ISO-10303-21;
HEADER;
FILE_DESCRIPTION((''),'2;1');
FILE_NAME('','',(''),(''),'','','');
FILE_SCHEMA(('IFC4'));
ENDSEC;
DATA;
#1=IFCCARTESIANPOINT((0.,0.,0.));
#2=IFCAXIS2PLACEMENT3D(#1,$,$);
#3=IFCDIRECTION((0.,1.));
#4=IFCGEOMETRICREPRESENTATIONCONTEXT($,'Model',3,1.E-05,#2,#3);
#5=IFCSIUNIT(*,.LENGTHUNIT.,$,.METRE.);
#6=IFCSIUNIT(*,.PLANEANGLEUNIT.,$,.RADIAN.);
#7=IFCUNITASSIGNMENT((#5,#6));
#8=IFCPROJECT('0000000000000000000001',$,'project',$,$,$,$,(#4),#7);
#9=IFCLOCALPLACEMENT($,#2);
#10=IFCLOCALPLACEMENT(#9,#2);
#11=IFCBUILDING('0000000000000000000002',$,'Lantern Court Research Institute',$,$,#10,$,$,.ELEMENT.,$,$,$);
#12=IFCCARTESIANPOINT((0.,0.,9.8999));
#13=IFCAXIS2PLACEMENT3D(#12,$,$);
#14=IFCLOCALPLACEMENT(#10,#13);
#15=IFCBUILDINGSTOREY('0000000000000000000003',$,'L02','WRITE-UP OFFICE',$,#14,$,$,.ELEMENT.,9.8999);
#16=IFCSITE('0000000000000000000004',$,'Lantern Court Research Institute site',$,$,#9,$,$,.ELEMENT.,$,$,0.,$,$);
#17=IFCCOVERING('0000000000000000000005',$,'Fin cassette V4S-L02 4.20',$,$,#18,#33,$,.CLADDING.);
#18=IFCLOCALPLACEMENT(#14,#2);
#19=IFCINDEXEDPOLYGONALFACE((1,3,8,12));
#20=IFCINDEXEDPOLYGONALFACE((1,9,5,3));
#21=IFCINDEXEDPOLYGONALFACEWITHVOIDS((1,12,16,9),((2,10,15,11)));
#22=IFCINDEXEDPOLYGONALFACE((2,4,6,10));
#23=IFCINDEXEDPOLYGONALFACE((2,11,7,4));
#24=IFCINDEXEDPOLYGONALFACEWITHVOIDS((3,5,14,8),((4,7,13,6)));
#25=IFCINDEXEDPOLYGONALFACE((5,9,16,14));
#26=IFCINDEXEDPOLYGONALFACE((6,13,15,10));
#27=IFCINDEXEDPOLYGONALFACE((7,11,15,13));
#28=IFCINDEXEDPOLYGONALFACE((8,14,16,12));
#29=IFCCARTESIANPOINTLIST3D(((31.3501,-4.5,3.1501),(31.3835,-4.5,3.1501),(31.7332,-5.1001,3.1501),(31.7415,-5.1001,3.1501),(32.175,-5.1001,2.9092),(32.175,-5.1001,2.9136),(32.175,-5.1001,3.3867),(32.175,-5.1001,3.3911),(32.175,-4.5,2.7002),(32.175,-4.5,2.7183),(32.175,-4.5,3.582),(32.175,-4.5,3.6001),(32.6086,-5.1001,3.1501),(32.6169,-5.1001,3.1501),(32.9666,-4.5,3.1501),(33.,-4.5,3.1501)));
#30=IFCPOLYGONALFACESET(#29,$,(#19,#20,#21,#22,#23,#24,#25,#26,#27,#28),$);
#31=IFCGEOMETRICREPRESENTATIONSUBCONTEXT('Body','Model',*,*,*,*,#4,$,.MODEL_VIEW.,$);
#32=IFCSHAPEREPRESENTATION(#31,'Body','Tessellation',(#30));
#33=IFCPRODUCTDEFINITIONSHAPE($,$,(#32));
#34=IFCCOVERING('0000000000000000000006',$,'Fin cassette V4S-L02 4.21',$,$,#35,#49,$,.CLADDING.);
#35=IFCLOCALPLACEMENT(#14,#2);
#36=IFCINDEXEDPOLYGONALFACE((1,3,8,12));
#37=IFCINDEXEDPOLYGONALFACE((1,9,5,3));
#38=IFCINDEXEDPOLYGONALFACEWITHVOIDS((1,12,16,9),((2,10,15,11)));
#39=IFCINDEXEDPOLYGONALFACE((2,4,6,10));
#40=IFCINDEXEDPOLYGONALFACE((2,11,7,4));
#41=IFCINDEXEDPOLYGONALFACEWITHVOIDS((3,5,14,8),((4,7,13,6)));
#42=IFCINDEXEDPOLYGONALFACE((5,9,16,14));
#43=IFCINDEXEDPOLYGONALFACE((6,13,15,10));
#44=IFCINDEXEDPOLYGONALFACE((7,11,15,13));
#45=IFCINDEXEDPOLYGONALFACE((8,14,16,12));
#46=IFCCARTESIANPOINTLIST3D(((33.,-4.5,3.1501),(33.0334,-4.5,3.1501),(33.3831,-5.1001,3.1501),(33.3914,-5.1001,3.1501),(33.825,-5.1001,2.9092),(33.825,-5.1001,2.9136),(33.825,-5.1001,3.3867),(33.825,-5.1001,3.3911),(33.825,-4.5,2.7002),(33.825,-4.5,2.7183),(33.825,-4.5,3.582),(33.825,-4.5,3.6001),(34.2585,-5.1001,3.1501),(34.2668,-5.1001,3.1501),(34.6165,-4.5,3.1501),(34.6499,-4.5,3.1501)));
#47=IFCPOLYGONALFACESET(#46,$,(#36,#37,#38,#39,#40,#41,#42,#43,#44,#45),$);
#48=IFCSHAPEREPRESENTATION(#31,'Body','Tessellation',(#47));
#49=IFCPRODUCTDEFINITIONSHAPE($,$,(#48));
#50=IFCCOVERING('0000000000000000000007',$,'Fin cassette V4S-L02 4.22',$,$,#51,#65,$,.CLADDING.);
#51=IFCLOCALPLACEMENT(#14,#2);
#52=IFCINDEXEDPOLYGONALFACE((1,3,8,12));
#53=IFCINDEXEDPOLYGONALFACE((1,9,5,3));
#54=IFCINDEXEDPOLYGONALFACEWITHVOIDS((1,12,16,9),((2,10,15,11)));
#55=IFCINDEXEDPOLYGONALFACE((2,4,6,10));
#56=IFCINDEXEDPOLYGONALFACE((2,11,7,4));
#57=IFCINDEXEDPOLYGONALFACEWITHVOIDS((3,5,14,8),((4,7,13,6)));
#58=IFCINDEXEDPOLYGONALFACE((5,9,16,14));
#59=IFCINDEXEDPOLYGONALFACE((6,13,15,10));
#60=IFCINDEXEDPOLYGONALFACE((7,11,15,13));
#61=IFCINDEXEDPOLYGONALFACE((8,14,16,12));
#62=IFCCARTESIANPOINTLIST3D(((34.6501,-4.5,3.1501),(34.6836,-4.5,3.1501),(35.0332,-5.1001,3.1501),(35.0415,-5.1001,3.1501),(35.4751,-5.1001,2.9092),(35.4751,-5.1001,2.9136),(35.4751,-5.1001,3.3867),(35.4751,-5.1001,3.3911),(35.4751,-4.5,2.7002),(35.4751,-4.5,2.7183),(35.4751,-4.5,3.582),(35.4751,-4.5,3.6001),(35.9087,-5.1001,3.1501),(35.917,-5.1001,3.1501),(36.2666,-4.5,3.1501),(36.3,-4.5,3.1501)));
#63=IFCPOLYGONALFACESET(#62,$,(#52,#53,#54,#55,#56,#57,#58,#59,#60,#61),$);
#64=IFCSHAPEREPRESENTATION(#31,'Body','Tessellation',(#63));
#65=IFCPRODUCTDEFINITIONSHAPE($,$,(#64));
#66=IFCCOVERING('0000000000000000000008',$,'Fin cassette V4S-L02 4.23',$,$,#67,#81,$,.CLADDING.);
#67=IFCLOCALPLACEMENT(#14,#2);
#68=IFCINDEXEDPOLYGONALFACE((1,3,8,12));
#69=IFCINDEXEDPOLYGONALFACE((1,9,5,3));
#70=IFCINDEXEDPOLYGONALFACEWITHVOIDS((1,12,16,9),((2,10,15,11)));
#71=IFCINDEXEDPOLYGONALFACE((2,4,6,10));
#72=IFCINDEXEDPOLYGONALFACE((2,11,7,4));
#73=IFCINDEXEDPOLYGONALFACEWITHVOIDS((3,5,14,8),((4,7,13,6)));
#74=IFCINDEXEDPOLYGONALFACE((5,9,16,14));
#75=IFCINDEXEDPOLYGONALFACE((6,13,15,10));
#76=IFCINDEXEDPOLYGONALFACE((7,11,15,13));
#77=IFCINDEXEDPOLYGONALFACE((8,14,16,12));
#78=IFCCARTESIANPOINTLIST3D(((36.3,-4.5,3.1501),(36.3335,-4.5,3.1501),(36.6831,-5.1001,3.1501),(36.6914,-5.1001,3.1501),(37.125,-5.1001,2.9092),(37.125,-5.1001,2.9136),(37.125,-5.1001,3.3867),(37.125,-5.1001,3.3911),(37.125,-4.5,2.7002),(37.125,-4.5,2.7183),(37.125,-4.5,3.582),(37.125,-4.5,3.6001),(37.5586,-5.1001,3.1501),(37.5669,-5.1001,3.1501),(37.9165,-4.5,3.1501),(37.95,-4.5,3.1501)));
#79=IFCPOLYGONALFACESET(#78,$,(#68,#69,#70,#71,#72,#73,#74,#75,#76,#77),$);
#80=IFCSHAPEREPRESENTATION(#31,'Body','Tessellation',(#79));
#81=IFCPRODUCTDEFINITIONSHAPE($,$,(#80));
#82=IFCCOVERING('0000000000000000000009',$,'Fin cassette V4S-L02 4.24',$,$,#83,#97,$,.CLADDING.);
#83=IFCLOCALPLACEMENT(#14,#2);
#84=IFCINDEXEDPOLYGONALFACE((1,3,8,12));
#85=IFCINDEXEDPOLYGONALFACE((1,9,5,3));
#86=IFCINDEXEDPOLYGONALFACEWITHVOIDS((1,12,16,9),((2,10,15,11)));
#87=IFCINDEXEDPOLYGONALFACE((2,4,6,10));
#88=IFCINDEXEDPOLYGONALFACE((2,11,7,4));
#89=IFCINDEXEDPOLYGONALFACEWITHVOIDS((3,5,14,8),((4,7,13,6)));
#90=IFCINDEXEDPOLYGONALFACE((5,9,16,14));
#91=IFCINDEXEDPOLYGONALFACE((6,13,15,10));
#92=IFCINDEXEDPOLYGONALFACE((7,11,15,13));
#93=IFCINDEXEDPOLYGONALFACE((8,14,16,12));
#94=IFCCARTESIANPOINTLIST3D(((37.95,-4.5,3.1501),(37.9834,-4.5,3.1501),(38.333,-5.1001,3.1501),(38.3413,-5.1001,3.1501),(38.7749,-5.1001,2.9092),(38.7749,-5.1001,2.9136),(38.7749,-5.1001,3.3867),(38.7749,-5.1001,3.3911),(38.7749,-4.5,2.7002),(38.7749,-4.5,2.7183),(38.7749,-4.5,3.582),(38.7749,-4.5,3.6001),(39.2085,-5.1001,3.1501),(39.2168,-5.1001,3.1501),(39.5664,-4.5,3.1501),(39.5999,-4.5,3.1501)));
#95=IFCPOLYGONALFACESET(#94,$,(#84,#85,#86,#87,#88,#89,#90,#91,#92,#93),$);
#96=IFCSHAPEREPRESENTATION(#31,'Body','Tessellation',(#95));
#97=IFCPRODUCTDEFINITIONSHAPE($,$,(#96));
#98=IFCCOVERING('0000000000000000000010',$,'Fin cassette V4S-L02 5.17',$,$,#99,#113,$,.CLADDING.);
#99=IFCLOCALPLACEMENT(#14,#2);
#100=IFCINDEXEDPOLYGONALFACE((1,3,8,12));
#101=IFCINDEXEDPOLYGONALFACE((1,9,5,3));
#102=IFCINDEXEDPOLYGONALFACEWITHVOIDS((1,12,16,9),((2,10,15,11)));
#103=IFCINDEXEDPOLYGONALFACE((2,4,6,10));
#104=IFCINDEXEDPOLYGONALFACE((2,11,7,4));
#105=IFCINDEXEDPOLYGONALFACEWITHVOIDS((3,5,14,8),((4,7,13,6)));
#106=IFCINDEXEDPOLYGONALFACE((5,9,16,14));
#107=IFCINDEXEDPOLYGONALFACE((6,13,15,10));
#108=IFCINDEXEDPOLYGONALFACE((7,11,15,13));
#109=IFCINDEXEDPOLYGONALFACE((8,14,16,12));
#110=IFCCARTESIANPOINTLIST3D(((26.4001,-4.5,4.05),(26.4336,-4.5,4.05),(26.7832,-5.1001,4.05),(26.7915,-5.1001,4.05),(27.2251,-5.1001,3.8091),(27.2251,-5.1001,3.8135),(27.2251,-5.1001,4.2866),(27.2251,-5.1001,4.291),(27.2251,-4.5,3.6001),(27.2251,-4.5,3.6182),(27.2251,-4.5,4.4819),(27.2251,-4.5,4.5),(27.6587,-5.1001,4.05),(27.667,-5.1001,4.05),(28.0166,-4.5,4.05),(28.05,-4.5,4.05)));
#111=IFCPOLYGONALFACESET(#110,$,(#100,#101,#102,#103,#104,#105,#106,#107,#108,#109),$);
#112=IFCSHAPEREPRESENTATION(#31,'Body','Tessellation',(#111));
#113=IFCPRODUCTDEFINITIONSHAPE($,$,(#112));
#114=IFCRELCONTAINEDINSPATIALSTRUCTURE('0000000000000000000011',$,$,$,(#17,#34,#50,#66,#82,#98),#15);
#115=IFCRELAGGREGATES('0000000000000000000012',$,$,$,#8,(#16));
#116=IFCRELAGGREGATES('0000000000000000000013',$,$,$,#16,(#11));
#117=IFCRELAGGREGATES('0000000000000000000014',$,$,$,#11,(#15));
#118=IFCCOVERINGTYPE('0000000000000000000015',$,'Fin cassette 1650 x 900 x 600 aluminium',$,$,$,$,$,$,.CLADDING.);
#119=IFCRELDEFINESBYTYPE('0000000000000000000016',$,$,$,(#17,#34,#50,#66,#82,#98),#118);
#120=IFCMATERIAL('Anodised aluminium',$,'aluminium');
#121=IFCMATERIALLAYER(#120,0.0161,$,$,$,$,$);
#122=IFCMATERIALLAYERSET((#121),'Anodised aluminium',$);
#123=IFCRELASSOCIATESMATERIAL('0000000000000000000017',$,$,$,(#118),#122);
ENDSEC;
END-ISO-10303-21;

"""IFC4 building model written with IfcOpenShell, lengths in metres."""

from ifc_helpers import new_model, entity, si_unit, direction, frame, origin, place, context, subcontext, project, spatial, material, layer, layer_set, type_object, element, save


model = new_model("IFC4")

# Units and contexts
model_context = context("Model", 3, precision=1e-05, world=origin(), true_north=direction((0.0, 1.0)))
body_context = subcontext(model_context, "Body", "Model", "MODEL_VIEW")
ifc_project = project(units=[si_unit("LENGTHUNIT", "METRE"), si_unit("PLANEANGLEUNIT", "RADIAN")], contexts=[model_context])

# Site, building, storey
site_placement = place(None, origin())
site = spatial("IfcSite", under=ifc_project, at=site_placement, Name="Lantern Court Research Institute site", CompositionType="ELEMENT", RefElevation=0.0)
building_placement = place(site_placement, origin())
building = spatial("IfcBuilding", under=site, at=building_placement, Name="Lantern Court Research Institute", CompositionType="ELEMENT")
storey_placement = place(building_placement, frame((0.0, 0.0, 9.8999)))
storey = spatial("IfcBuildingStorey", under=building, at=storey_placement, Name="L02", Description="WRITE-UP OFFICE", CompositionType="ELEMENT", Elevation=9.8999)

# Coverings
ifc_material_1 = material(Name="Anodised aluminium", Category="aluminium")
ifc_layer_1 = layer(ifc_material_1, 0.0161)
ifc_layer_set_1 = layer_set([ifc_layer_1], Name="Anodised aluminium")
covering_type = type_object("IfcCoveringType", Name="Fin cassette 1650 x 900 x 600 aluminium", PredefinedType="CLADDING", material=ifc_layer_set_1)
covering_1_placement = place(storey_placement, frame((32.175, -4.5, 3.1501), z_axis=(0.0, -1.0, 0.0), x_axis=(1.0, 0.0, 0.0)))
cartesian_point_1 = entity("IfcCartesianPoint", [0.825, 0.0])
cartesian_point_2 = entity("IfcCartesianPoint", [0.7915, 0.0])
cartesian_point_3 = entity("IfcCartesianPoint", [0.4419, 0.0])
cartesian_point_4 = entity("IfcCartesianPoint", [0.4336, 0.0])
element("IfcCovering", 1, at=covering_1_placement, inside=storey, type_object=covering_type, Name="Fin cassette V4S-L02 4.20", PredefinedType="CLADDING", context=body_context, shape_type="SweptSolid", body=[
    entity("IfcExtrudedAreaSolidTapered", entity("IfcArbitraryProfileDefWithVoids", "AREA", None, entity("IfcPolyline", [cartesian_point_1, entity("IfcCartesianPoint", [0.0, 0.45]), entity("IfcCartesianPoint", [-0.825, 0.0]), entity("IfcCartesianPoint", [0.0, -0.45]), cartesian_point_1]), [entity("IfcPolyline", [cartesian_point_2, entity("IfcCartesianPoint", [0.0, 0.4319]), entity("IfcCartesianPoint", [-0.7915, 0.0]), entity("IfcCartesianPoint", [0.0, -0.4319]), cartesian_point_2])]), entity("IfcAxis2Placement3D", entity("IfcCartesianPoint", [0.0, 0.0, 0.0])), entity("IfcDirection", [0.0, 0.0, 1.0]), 0.6001, entity("IfcArbitraryProfileDefWithVoids", "AREA", None, entity("IfcPolyline", [cartesian_point_3, entity("IfcCartesianPoint", [0.0, 0.241]), entity("IfcCartesianPoint", [-0.4419, 0.0]), entity("IfcCartesianPoint", [0.0, -0.241]), cartesian_point_3]), [entity("IfcPolyline", [cartesian_point_4, entity("IfcCartesianPoint", [0.0, 0.2366]), entity("IfcCartesianPoint", [-0.4336, 0.0]), entity("IfcCartesianPoint", [0.0, -0.2366]), cartesian_point_4])])),
])
covering_2_placement = place(storey_placement, frame((33.825, -4.5, 3.1501), z_axis=(0.0, -1.0, 0.0), x_axis=(1.0, 0.0, 0.0)))
cartesian_point_5 = entity("IfcCartesianPoint", [0.825, 0.0])
cartesian_point_6 = entity("IfcCartesianPoint", [0.7915, 0.0])
cartesian_point_7 = entity("IfcCartesianPoint", [0.4419, 0.0])
cartesian_point_8 = entity("IfcCartesianPoint", [0.4336, 0.0])
element("IfcCovering", 2, at=covering_2_placement, inside=storey, type_object=covering_type, Name="Fin cassette V4S-L02 4.21", PredefinedType="CLADDING", context=body_context, shape_type="SweptSolid", body=[
    entity("IfcExtrudedAreaSolidTapered", entity("IfcArbitraryProfileDefWithVoids", "AREA", None, entity("IfcPolyline", [cartesian_point_5, entity("IfcCartesianPoint", [0.0, 0.45]), entity("IfcCartesianPoint", [-0.825, 0.0]), entity("IfcCartesianPoint", [0.0, -0.45]), cartesian_point_5]), [entity("IfcPolyline", [cartesian_point_6, entity("IfcCartesianPoint", [0.0, 0.4319]), entity("IfcCartesianPoint", [-0.7915, 0.0]), entity("IfcCartesianPoint", [0.0, -0.4319]), cartesian_point_6])]), entity("IfcAxis2Placement3D", entity("IfcCartesianPoint", [0.0, 0.0, 0.0])), entity("IfcDirection", [0.0, 0.0, 1.0]), 0.6001, entity("IfcArbitraryProfileDefWithVoids", "AREA", None, entity("IfcPolyline", [cartesian_point_7, entity("IfcCartesianPoint", [0.0, 0.241]), entity("IfcCartesianPoint", [-0.4419, 0.0]), entity("IfcCartesianPoint", [0.0, -0.241]), cartesian_point_7]), [entity("IfcPolyline", [cartesian_point_8, entity("IfcCartesianPoint", [0.0, 0.2366]), entity("IfcCartesianPoint", [-0.4336, 0.0]), entity("IfcCartesianPoint", [0.0, -0.2366]), cartesian_point_8])])),
])
covering_3_placement = place(storey_placement, frame((35.4751, -4.5, 3.1501), z_axis=(0.0, -1.0, 0.0), x_axis=(1.0, 0.0, 0.0)))
cartesian_point_9 = entity("IfcCartesianPoint", [0.825, 0.0])
cartesian_point_10 = entity("IfcCartesianPoint", [0.7915, 0.0])
cartesian_point_11 = entity("IfcCartesianPoint", [0.4419, 0.0])
cartesian_point_12 = entity("IfcCartesianPoint", [0.4336, 0.0])
element("IfcCovering", 3, at=covering_3_placement, inside=storey, type_object=covering_type, Name="Fin cassette V4S-L02 4.22", PredefinedType="CLADDING", context=body_context, shape_type="SweptSolid", body=[
    entity("IfcExtrudedAreaSolidTapered", entity("IfcArbitraryProfileDefWithVoids", "AREA", None, entity("IfcPolyline", [cartesian_point_9, entity("IfcCartesianPoint", [0.0, 0.45]), entity("IfcCartesianPoint", [-0.825, 0.0]), entity("IfcCartesianPoint", [0.0, -0.45]), cartesian_point_9]), [entity("IfcPolyline", [cartesian_point_10, entity("IfcCartesianPoint", [0.0, 0.4319]), entity("IfcCartesianPoint", [-0.7915, 0.0]), entity("IfcCartesianPoint", [0.0, -0.4319]), cartesian_point_10])]), entity("IfcAxis2Placement3D", entity("IfcCartesianPoint", [0.0, 0.0, 0.0])), entity("IfcDirection", [0.0, 0.0, 1.0]), 0.6001, entity("IfcArbitraryProfileDefWithVoids", "AREA", None, entity("IfcPolyline", [cartesian_point_11, entity("IfcCartesianPoint", [0.0, 0.241]), entity("IfcCartesianPoint", [-0.4419, 0.0]), entity("IfcCartesianPoint", [0.0, -0.241]), cartesian_point_11]), [entity("IfcPolyline", [cartesian_point_12, entity("IfcCartesianPoint", [0.0, 0.2366]), entity("IfcCartesianPoint", [-0.4336, 0.0]), entity("IfcCartesianPoint", [0.0, -0.2366]), cartesian_point_12])])),
])
covering_4_placement = place(storey_placement, frame((37.125, -4.5, 3.1501), z_axis=(0.0, -1.0, 0.0), x_axis=(1.0, 0.0, 0.0)))
cartesian_point_13 = entity("IfcCartesianPoint", [0.825, 0.0])
cartesian_point_14 = entity("IfcCartesianPoint", [0.7915, 0.0])
cartesian_point_15 = entity("IfcCartesianPoint", [0.4419, 0.0])
cartesian_point_16 = entity("IfcCartesianPoint", [0.4336, 0.0])
element("IfcCovering", 4, at=covering_4_placement, inside=storey, type_object=covering_type, Name="Fin cassette V4S-L02 4.23", PredefinedType="CLADDING", context=body_context, shape_type="SweptSolid", body=[
    entity("IfcExtrudedAreaSolidTapered", entity("IfcArbitraryProfileDefWithVoids", "AREA", None, entity("IfcPolyline", [cartesian_point_13, entity("IfcCartesianPoint", [0.0, 0.45]), entity("IfcCartesianPoint", [-0.825, 0.0]), entity("IfcCartesianPoint", [0.0, -0.45]), cartesian_point_13]), [entity("IfcPolyline", [cartesian_point_14, entity("IfcCartesianPoint", [0.0, 0.4319]), entity("IfcCartesianPoint", [-0.7915, 0.0]), entity("IfcCartesianPoint", [0.0, -0.4319]), cartesian_point_14])]), entity("IfcAxis2Placement3D", entity("IfcCartesianPoint", [0.0, 0.0, 0.0])), entity("IfcDirection", [0.0, 0.0, 1.0]), 0.6001, entity("IfcArbitraryProfileDefWithVoids", "AREA", None, entity("IfcPolyline", [cartesian_point_15, entity("IfcCartesianPoint", [0.0, 0.241]), entity("IfcCartesianPoint", [-0.4419, 0.0]), entity("IfcCartesianPoint", [0.0, -0.241]), cartesian_point_15]), [entity("IfcPolyline", [cartesian_point_16, entity("IfcCartesianPoint", [0.0, 0.2366]), entity("IfcCartesianPoint", [-0.4336, 0.0]), entity("IfcCartesianPoint", [0.0, -0.2366]), cartesian_point_16])])),
])
covering_5_placement = place(storey_placement, frame((38.7749, -4.5, 3.1501), z_axis=(0.0, -1.0, 0.0), x_axis=(1.0, 0.0, 0.0)))
cartesian_point_17 = entity("IfcCartesianPoint", [0.825, 0.0])
cartesian_point_18 = entity("IfcCartesianPoint", [0.7915, 0.0])
cartesian_point_19 = entity("IfcCartesianPoint", [0.4419, 0.0])
cartesian_point_20 = entity("IfcCartesianPoint", [0.4336, 0.0])
element("IfcCovering", 5, at=covering_5_placement, inside=storey, type_object=covering_type, Name="Fin cassette V4S-L02 4.24", PredefinedType="CLADDING", context=body_context, shape_type="SweptSolid", body=[
    entity("IfcExtrudedAreaSolidTapered", entity("IfcArbitraryProfileDefWithVoids", "AREA", None, entity("IfcPolyline", [cartesian_point_17, entity("IfcCartesianPoint", [0.0, 0.45]), entity("IfcCartesianPoint", [-0.825, 0.0]), entity("IfcCartesianPoint", [0.0, -0.45]), cartesian_point_17]), [entity("IfcPolyline", [cartesian_point_18, entity("IfcCartesianPoint", [0.0, 0.4319]), entity("IfcCartesianPoint", [-0.7915, 0.0]), entity("IfcCartesianPoint", [0.0, -0.4319]), cartesian_point_18])]), entity("IfcAxis2Placement3D", entity("IfcCartesianPoint", [0.0, 0.0, 0.0])), entity("IfcDirection", [0.0, 0.0, 1.0]), 0.6001, entity("IfcArbitraryProfileDefWithVoids", "AREA", None, entity("IfcPolyline", [cartesian_point_19, entity("IfcCartesianPoint", [0.0, 0.241]), entity("IfcCartesianPoint", [-0.4419, 0.0]), entity("IfcCartesianPoint", [0.0, -0.241]), cartesian_point_19]), [entity("IfcPolyline", [cartesian_point_20, entity("IfcCartesianPoint", [0.0, 0.2366]), entity("IfcCartesianPoint", [-0.4336, 0.0]), entity("IfcCartesianPoint", [0.0, -0.2366]), cartesian_point_20])])),
])
covering_6_placement = place(storey_placement, frame((27.2251, -4.5, 4.05), z_axis=(0.0, -1.0, 0.0), x_axis=(1.0, 0.0, 0.0)))
cartesian_point_21 = entity("IfcCartesianPoint", [0.825, 0.0])
cartesian_point_22 = entity("IfcCartesianPoint", [0.7915, 0.0])
cartesian_point_23 = entity("IfcCartesianPoint", [0.4419, 0.0])
cartesian_point_24 = entity("IfcCartesianPoint", [0.4336, 0.0])
element("IfcCovering", 6, at=covering_6_placement, inside=storey, type_object=covering_type, Name="Fin cassette V4S-L02 5.17", PredefinedType="CLADDING", context=body_context, shape_type="SweptSolid", body=[
    entity("IfcExtrudedAreaSolidTapered", entity("IfcArbitraryProfileDefWithVoids", "AREA", None, entity("IfcPolyline", [cartesian_point_21, entity("IfcCartesianPoint", [0.0, 0.45]), entity("IfcCartesianPoint", [-0.825, 0.0]), entity("IfcCartesianPoint", [0.0, -0.45]), cartesian_point_21]), [entity("IfcPolyline", [cartesian_point_22, entity("IfcCartesianPoint", [0.0, 0.4319]), entity("IfcCartesianPoint", [-0.7915, 0.0]), entity("IfcCartesianPoint", [0.0, -0.4319]), cartesian_point_22])]), entity("IfcAxis2Placement3D", entity("IfcCartesianPoint", [0.0, 0.0, 0.0])), entity("IfcDirection", [0.0, 0.0, 1.0]), 0.6001, entity("IfcArbitraryProfileDefWithVoids", "AREA", None, entity("IfcPolyline", [cartesian_point_23, entity("IfcCartesianPoint", [0.0, 0.241]), entity("IfcCartesianPoint", [-0.4419, 0.0]), entity("IfcCartesianPoint", [0.0, -0.241]), cartesian_point_23]), [entity("IfcPolyline", [cartesian_point_24, entity("IfcCartesianPoint", [0.0, 0.2366]), entity("IfcCartesianPoint", [-0.4336, 0.0]), entity("IfcCartesianPoint", [0.0, -0.2366]), cartesian_point_24])])),
])

save(model, "model.ifc")
